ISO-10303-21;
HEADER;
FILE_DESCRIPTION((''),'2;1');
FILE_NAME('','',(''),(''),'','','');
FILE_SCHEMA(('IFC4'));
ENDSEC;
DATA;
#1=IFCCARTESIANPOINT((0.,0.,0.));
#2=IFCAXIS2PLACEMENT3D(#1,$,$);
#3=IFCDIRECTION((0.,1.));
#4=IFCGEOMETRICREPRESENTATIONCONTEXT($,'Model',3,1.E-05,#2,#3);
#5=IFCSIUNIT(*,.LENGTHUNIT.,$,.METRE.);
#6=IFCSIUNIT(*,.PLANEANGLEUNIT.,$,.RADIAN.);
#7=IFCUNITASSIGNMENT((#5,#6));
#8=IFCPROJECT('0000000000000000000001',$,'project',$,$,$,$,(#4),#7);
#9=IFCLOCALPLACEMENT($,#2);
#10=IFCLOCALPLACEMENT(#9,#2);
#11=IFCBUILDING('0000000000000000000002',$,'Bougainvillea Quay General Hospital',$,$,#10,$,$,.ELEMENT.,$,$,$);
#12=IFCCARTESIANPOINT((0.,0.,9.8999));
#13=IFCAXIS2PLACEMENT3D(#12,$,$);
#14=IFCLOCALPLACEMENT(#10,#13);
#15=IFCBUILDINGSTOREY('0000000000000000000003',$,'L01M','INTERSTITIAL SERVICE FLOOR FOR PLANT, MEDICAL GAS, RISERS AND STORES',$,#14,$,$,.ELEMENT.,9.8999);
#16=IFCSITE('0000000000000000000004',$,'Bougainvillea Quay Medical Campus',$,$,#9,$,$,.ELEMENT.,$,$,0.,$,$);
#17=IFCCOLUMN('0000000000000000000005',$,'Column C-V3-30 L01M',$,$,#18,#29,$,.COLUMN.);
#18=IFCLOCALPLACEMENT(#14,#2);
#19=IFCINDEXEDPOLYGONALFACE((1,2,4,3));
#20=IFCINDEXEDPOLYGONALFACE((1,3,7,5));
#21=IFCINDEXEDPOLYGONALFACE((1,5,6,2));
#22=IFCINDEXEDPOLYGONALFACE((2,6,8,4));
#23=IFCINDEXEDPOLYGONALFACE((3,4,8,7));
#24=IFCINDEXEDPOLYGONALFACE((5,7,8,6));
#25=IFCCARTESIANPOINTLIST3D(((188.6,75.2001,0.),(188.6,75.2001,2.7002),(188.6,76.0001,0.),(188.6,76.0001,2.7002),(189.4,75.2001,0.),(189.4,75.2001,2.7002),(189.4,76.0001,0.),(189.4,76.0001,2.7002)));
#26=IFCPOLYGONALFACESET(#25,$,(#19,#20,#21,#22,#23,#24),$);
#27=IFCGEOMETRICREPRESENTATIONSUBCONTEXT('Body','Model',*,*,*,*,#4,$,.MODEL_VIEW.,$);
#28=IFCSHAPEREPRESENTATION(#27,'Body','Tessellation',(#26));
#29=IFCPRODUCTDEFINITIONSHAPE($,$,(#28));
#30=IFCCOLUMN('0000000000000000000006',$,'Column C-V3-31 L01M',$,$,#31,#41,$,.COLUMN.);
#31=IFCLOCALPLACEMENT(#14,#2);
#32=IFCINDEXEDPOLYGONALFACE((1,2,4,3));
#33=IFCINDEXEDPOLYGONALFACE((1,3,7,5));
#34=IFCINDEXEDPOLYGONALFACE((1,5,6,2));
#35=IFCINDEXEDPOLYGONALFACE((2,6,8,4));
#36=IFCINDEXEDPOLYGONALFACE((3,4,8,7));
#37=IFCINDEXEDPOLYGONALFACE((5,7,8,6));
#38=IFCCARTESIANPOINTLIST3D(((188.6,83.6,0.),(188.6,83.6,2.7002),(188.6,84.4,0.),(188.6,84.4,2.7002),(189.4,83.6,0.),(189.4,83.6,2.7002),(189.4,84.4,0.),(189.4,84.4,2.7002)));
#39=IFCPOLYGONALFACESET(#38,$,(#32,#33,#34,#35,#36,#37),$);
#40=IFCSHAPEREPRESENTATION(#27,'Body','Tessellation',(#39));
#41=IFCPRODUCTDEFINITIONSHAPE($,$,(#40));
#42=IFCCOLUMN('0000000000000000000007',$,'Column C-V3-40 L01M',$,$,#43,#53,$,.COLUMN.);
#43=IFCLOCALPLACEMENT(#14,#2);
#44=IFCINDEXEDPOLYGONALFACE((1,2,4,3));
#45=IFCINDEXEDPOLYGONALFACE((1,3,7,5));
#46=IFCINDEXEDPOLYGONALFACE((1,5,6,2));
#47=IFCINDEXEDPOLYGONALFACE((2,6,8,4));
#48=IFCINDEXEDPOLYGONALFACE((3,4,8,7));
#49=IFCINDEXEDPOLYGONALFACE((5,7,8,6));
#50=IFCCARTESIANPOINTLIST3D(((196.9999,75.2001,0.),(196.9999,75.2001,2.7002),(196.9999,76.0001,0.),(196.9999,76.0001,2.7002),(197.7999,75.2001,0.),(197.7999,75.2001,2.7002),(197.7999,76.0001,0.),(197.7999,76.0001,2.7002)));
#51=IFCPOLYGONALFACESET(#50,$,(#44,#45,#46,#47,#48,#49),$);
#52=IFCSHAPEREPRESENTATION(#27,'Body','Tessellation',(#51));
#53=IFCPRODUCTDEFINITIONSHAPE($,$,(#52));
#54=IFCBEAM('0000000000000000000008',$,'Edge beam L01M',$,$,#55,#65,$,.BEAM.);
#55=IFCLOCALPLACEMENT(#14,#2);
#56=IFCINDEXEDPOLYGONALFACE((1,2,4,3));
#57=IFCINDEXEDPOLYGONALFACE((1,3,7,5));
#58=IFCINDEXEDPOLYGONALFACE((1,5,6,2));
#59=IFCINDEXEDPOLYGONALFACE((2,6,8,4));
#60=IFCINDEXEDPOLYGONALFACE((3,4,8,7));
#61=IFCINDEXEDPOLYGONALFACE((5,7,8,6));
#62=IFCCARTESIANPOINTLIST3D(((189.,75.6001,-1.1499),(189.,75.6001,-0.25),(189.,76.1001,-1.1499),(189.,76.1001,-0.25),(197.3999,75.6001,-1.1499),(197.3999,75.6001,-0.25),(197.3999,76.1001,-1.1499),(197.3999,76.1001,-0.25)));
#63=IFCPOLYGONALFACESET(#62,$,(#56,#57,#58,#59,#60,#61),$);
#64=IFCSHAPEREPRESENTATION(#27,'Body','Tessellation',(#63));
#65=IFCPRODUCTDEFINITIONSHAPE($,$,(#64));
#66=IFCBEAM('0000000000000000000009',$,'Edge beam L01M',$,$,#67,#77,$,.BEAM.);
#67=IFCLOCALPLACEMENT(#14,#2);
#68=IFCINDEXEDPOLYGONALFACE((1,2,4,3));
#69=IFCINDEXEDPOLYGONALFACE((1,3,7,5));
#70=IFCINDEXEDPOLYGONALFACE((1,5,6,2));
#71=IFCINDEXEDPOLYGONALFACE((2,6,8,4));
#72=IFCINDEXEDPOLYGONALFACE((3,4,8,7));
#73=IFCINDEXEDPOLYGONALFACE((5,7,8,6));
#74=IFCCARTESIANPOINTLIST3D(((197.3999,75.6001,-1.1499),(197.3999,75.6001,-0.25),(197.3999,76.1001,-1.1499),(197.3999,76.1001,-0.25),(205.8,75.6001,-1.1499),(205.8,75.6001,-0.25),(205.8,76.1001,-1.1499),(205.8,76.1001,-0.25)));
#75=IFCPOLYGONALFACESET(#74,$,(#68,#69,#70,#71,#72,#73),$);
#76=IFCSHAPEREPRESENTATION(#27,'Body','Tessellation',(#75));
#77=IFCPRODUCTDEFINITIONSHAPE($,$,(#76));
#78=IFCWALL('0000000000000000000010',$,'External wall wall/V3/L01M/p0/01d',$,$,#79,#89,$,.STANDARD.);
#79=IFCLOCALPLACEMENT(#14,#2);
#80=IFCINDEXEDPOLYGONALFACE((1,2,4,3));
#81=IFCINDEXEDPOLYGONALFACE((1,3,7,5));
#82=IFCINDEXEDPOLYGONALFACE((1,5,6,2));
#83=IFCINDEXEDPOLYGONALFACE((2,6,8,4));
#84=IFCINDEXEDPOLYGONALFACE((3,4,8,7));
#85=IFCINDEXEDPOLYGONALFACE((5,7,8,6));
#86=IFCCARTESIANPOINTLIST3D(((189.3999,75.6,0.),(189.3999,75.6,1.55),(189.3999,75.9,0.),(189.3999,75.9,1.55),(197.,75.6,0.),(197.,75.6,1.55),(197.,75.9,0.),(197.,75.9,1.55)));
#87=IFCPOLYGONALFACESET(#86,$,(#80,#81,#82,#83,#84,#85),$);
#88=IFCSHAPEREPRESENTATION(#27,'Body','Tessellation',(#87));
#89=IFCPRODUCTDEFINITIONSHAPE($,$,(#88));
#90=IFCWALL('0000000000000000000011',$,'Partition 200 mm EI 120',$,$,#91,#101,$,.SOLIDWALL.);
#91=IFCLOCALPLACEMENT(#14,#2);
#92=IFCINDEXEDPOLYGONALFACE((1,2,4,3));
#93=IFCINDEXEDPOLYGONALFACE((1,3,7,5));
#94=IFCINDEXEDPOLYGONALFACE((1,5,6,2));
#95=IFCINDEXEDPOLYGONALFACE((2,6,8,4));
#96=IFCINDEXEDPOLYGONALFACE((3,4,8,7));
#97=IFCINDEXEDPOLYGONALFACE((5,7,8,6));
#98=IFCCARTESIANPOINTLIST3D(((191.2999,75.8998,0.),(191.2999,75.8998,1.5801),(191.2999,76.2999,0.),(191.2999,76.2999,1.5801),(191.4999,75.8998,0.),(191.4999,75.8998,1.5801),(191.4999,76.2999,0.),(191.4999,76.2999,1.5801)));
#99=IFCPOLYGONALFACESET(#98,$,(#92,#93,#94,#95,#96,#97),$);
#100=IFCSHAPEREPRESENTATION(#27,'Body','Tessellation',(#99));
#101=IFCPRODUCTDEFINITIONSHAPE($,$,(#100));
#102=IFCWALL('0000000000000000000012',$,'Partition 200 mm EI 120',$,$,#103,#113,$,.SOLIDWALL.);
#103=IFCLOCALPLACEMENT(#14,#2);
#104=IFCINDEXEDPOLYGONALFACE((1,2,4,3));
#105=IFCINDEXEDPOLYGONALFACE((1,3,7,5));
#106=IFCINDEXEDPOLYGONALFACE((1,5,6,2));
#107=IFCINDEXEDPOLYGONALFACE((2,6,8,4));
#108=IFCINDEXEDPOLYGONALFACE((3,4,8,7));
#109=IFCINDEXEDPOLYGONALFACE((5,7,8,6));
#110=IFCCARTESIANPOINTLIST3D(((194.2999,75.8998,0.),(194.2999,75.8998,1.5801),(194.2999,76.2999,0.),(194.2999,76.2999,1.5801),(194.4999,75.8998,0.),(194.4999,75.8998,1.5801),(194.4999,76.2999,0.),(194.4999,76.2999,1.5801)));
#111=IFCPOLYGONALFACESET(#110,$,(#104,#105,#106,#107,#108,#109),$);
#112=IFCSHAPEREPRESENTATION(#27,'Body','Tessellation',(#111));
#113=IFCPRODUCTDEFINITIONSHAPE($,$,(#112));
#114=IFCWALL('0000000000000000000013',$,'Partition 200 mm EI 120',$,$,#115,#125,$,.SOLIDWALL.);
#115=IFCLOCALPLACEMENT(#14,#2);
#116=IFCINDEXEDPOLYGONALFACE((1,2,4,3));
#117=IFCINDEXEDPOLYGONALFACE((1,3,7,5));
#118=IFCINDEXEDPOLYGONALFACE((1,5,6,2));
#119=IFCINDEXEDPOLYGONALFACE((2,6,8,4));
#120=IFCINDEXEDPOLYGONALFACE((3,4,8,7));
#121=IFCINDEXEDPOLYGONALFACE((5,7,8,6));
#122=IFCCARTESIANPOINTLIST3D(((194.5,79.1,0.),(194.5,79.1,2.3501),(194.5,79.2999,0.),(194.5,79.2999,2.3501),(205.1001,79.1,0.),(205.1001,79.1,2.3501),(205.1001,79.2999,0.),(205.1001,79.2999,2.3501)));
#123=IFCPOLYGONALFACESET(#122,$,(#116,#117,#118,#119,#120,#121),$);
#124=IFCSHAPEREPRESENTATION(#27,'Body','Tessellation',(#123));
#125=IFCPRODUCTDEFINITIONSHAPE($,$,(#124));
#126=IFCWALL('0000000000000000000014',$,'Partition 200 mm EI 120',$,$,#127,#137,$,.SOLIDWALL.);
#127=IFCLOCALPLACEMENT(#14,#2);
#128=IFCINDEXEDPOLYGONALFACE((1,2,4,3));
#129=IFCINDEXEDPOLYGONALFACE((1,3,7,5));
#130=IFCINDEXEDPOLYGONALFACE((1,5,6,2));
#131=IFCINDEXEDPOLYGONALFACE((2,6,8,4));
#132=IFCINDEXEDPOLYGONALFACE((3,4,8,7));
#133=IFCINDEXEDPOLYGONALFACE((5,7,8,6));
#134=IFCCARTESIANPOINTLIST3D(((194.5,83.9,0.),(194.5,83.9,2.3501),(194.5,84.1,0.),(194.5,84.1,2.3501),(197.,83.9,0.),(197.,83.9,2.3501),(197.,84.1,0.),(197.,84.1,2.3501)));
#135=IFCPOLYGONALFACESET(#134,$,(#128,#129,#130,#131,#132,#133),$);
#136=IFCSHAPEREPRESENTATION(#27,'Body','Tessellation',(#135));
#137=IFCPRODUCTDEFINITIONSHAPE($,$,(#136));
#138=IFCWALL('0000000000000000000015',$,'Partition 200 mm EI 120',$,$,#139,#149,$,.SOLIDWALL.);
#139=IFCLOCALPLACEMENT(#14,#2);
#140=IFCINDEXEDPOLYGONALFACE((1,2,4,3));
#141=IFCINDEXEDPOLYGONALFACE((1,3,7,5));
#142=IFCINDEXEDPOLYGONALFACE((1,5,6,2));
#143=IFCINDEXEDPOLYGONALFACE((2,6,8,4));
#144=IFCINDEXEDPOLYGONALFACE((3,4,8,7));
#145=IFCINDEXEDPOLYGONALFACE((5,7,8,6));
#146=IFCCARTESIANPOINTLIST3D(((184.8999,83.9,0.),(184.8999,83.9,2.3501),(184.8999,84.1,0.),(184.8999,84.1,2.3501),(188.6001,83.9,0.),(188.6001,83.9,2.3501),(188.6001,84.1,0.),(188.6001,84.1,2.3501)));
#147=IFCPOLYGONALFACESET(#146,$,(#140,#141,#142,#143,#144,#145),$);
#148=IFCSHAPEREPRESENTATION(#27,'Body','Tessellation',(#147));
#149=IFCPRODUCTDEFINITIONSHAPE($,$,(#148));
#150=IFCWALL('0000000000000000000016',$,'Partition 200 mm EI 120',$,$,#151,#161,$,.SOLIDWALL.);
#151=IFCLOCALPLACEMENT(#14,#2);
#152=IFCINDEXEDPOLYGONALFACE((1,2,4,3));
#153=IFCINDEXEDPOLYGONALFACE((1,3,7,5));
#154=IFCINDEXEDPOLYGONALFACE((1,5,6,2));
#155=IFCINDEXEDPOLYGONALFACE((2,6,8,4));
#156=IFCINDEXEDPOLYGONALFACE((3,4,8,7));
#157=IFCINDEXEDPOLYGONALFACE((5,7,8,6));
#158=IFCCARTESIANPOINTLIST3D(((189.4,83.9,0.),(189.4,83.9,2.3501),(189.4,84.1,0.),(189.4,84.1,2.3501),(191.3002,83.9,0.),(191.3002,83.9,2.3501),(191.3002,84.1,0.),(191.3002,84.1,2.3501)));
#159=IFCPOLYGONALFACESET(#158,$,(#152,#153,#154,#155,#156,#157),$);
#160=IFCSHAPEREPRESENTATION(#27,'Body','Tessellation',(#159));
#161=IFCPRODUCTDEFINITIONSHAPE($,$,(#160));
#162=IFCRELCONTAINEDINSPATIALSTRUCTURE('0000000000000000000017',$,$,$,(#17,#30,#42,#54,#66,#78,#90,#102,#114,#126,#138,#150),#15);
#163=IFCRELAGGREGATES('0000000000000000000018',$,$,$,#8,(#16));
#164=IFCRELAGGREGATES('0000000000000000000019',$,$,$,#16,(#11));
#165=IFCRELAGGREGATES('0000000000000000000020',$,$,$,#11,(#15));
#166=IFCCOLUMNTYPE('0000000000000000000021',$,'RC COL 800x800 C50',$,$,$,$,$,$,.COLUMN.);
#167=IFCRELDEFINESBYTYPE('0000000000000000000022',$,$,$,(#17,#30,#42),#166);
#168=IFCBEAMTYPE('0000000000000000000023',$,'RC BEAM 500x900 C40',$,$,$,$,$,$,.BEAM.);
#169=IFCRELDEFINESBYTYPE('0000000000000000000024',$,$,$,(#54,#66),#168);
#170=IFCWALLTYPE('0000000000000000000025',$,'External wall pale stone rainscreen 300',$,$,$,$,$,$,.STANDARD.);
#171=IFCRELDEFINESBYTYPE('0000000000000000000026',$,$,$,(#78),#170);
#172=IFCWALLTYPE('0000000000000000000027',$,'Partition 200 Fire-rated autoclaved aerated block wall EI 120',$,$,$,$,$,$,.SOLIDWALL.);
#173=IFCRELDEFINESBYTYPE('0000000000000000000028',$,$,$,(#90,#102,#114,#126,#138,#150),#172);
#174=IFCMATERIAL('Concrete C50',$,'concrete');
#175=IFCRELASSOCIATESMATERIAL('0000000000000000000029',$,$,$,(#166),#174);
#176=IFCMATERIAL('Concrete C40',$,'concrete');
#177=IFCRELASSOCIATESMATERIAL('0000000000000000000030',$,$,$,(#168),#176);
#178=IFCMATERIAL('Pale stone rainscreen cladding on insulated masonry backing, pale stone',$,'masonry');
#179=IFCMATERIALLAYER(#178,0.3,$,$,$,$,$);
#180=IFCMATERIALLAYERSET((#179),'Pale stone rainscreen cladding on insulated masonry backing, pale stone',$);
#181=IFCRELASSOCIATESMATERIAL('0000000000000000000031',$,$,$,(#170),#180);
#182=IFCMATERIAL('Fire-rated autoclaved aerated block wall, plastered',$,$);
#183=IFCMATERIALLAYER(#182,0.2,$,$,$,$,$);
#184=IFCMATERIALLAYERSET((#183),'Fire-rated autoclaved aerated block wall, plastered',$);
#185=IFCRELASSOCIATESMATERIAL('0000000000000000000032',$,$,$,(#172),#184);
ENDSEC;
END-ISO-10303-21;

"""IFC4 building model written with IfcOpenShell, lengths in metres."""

from ifc_helpers import new_model, si_unit, direction, frame, frame_2d, origin, origin_2d, place, context, subcontext, project, spatial, rectangle, extrude, material, layer, layer_set, material_profile, profile_set, type_object, element, save


model = new_model("IFC4")

# Units and contexts
model_context = context("Model", 3, precision=1e-05, world=origin(), true_north=direction((0.0, 1.0)))
body_context = subcontext(model_context, "Body", "Model", "MODEL_VIEW")
ifc_project = project(units=[si_unit("LENGTHUNIT", "METRE"), si_unit("PLANEANGLEUNIT", "RADIAN")], contexts=[model_context])

# Site, building, storey
site_placement = place(None, origin())
site = spatial("IfcSite", under=ifc_project, at=site_placement, Name="Bougainvillea Quay Medical Campus", CompositionType="ELEMENT", RefElevation=0.0)
building_placement = place(site_placement, origin())
building = spatial("IfcBuilding", under=site, at=building_placement, Name="Bougainvillea Quay General Hospital", CompositionType="ELEMENT")
storey_placement = place(building_placement, frame((0.0, 0.0, 9.8999)))
storey = spatial("IfcBuildingStorey", under=building, at=storey_placement, Name="L01M", Description="INTERSTITIAL SERVICE FLOOR FOR PLANT, MEDICAL GAS, RISERS AND STORES", CompositionType="ELEMENT", Elevation=9.8999)

# Columns
ifc_material_1 = material(Name="Concrete C50", Category="concrete")
ifc_material_profile_1 = material_profile(ifc_material_1, rectangle(XDim=0.8, YDim=0.8, at=origin_2d()))
ifc_profile_set_1 = profile_set([ifc_material_profile_1], Name="Concrete C50")
column_type = type_object("IfcColumnType", Name="RC COL 800x800 C50", PredefinedType="COLUMN", material=ifc_profile_set_1)
for number, where, z_axis, x_axis, name in (
    (1, (189.0, 75.6001, 0.0), (0.0, 0.0, 1.0), (1.0, 0.0, 0.0), "Column C-V3-30 L01M"),
    (2, (189.0, 84.0, 0.0), (0.0, 0.0, 1.0), (1.0, 0.0, 0.0), "Column C-V3-31 L01M"),
    (3, (197.3999, 75.6001, 0.0), (0.0, 0.0, 1.0), (1.0, 0.0, 0.0), "Column C-V3-40 L01M"),
):
    element("IfcColumn", number, at=place(storey_placement, frame(where, z_axis=z_axis, x_axis=x_axis)), inside=storey, type_object=column_type, Name=name, PredefinedType="COLUMN", context=body_context, shape_type="SweptSolid", body=[
        extrude(rectangle(XDim=0.8, YDim=0.8, at=origin_2d()), origin(), (0.0, 0.0, 1.0), 2.7002),
    ])

# Beams
ifc_material_2 = material(Name="Concrete C40", Category="concrete")
ifc_material_profile_2 = material_profile(ifc_material_2, rectangle(XDim=0.5, YDim=0.8999, at=origin_2d()))
ifc_profile_set_2 = profile_set([ifc_material_profile_2], Name="Concrete C40")
beam_type = type_object("IfcBeamType", Name="RC BEAM 500x900 C40", PredefinedType="BEAM", material=ifc_profile_set_2)
beam_1_placement = place(storey_placement, frame((189.0, 75.8501, -0.7), z_axis=(1.0, 0.0, 0.0), x_axis=(0.0, 1.0, 0.0)))
element("IfcBeam", 4, at=beam_1_placement, inside=storey, type_object=beam_type, Name="Edge beam L01M", PredefinedType="BEAM", context=body_context, shape_type="SweptSolid", body=[
    extrude(rectangle(XDim=0.5, YDim=0.8999, at=origin_2d()), origin(), (0.0, 0.0, 1.0), 8.3999),
])
beam_2_placement = place(storey_placement, frame((197.3999, 75.8501, -0.7), z_axis=(1.0, 0.0, 0.0), x_axis=(0.0, 1.0, 0.0)))
element("IfcBeam", 5, at=beam_2_placement, inside=storey, type_object=beam_type, Name="Edge beam L01M", PredefinedType="BEAM", context=body_context, shape_type="SweptSolid", body=[
    extrude(rectangle(XDim=0.5, YDim=0.8999, at=origin_2d()), origin(), (0.0, 0.0, 1.0), 8.4001),
])

# Walls
ifc_material_3 = material(Name="Pale stone rainscreen cladding on insulated masonry backing, pale stone", Category="masonry")
ifc_layer_1 = layer(ifc_material_3, 0.3)
ifc_layer_set_1 = layer_set([ifc_layer_1], Name="Pale stone rainscreen cladding on insulated masonry backing, pale stone")
wall_type_1 = type_object("IfcWallType", Name="External wall pale stone rainscreen 300", PredefinedType="STANDARD", material=ifc_layer_set_1)
wall_1_placement = place(storey_placement, frame((189.3999, 75.75, 0.0), z_axis=(0.0, 0.0, 1.0), x_axis=(1.0, 0.0, 0.0)))
element("IfcWall", 6, at=wall_1_placement, inside=storey, type_object=wall_type_1, Name="External wall wall/V3/L01M/p0/01d", PredefinedType="STANDARD", context=body_context, shape_type="SweptSolid", body=[
    extrude(rectangle(XDim=7.6001, YDim=0.3, at=frame_2d((3.8, 0.0))), origin(), (0.0, 0.0, 1.0), 1.55),
])
ifc_material_4 = material(Name="Fire-rated autoclaved aerated block wall, plastered")
ifc_layer_2 = layer(ifc_material_4, 0.2)
ifc_layer_set_2 = layer_set([ifc_layer_2], Name="Fire-rated autoclaved aerated block wall, plastered")
wall_type_2 = type_object("IfcWallType", Name="Partition 200 Fire-rated autoclaved aerated block wall EI 120", PredefinedType="SOLIDWALL", material=ifc_layer_set_2)
for number, where, z_axis, x_axis, name in (
    (7, (191.3999, 76.3, 0.0), (0.0, 0.0, 1.0), (0.0, -1.0, 0.0), "Partition 200 mm EI 120"),
    (8, (194.3999, 76.3, 0.0), (0.0, 0.0, 1.0), (0.0, -1.0, 0.0), "Partition 200 mm EI 120"),
):
    element("IfcWall", number, at=place(storey_placement, frame(where, z_axis=z_axis, x_axis=x_axis)), inside=storey, type_object=wall_type_2, Name=name, PredefinedType="SOLIDWALL", context=body_context, shape_type="SweptSolid", body=[
        extrude(rectangle(XDim=0.4001, YDim=0.2, at=frame_2d((0.2002, 0.0))), origin(), (0.0, 0.0, 1.0), 1.5801),
    ])
wall_2_placement = place(storey_placement, frame((194.5, 79.2, 0.0), z_axis=(0.0, 0.0, 1.0), x_axis=(1.0, 0.0, 0.0)))
element("IfcWall", 9, at=wall_2_placement, inside=storey, type_object=wall_type_2, Name="Partition 200 mm EI 120", PredefinedType="SOLIDWALL", context=body_context, shape_type="SweptSolid", body=[
    extrude(rectangle(XDim=10.6001, YDim=0.2, at=frame_2d((5.3, 0.0))), origin(), (0.0, 0.0, 1.0), 2.3501),
])
wall_3_placement = place(storey_placement, frame((194.5, 84.0, 0.0), z_axis=(0.0, 0.0, 1.0), x_axis=(1.0, 0.0, 0.0)))
element("IfcWall", 10, at=wall_3_placement, inside=storey, type_object=wall_type_2, Name="Partition 200 mm EI 120", PredefinedType="SOLIDWALL", context=body_context, shape_type="SweptSolid", body=[
    extrude(rectangle(XDim=2.5, YDim=0.2, at=frame_2d((1.25, 0.0))), origin(), (0.0, 0.0, 1.0), 2.3501),
])
wall_4_placement = place(storey_placement, frame((184.8999, 84.0, 0.0), z_axis=(0.0, 0.0, 1.0), x_axis=(1.0, 0.0, 0.0)))
element("IfcWall", 11, at=wall_4_placement, inside=storey, type_object=wall_type_2, Name="Partition 200 mm EI 120", PredefinedType="SOLIDWALL", context=body_context, shape_type="SweptSolid", body=[
    extrude(rectangle(XDim=3.7002, YDim=0.2, at=frame_2d((1.8501, 0.0))), origin(), (0.0, 0.0, 1.0), 2.3501),
])
wall_5_placement = place(storey_placement, frame((189.3999, 84.0, 0.0), z_axis=(0.0, 0.0, 1.0), x_axis=(1.0, 0.0, 0.0)))
element("IfcWall", 12, at=wall_5_placement, inside=storey, type_object=wall_type_2, Name="Partition 200 mm EI 120", PredefinedType="SOLIDWALL", context=body_context, shape_type="SweptSolid", body=[
    extrude(rectangle(XDim=1.9001, YDim=0.2, at=frame_2d((0.9502, 0.0))), origin(), (0.0, 0.0, 1.0), 2.3501),
])

save(model, "model.ifc")
